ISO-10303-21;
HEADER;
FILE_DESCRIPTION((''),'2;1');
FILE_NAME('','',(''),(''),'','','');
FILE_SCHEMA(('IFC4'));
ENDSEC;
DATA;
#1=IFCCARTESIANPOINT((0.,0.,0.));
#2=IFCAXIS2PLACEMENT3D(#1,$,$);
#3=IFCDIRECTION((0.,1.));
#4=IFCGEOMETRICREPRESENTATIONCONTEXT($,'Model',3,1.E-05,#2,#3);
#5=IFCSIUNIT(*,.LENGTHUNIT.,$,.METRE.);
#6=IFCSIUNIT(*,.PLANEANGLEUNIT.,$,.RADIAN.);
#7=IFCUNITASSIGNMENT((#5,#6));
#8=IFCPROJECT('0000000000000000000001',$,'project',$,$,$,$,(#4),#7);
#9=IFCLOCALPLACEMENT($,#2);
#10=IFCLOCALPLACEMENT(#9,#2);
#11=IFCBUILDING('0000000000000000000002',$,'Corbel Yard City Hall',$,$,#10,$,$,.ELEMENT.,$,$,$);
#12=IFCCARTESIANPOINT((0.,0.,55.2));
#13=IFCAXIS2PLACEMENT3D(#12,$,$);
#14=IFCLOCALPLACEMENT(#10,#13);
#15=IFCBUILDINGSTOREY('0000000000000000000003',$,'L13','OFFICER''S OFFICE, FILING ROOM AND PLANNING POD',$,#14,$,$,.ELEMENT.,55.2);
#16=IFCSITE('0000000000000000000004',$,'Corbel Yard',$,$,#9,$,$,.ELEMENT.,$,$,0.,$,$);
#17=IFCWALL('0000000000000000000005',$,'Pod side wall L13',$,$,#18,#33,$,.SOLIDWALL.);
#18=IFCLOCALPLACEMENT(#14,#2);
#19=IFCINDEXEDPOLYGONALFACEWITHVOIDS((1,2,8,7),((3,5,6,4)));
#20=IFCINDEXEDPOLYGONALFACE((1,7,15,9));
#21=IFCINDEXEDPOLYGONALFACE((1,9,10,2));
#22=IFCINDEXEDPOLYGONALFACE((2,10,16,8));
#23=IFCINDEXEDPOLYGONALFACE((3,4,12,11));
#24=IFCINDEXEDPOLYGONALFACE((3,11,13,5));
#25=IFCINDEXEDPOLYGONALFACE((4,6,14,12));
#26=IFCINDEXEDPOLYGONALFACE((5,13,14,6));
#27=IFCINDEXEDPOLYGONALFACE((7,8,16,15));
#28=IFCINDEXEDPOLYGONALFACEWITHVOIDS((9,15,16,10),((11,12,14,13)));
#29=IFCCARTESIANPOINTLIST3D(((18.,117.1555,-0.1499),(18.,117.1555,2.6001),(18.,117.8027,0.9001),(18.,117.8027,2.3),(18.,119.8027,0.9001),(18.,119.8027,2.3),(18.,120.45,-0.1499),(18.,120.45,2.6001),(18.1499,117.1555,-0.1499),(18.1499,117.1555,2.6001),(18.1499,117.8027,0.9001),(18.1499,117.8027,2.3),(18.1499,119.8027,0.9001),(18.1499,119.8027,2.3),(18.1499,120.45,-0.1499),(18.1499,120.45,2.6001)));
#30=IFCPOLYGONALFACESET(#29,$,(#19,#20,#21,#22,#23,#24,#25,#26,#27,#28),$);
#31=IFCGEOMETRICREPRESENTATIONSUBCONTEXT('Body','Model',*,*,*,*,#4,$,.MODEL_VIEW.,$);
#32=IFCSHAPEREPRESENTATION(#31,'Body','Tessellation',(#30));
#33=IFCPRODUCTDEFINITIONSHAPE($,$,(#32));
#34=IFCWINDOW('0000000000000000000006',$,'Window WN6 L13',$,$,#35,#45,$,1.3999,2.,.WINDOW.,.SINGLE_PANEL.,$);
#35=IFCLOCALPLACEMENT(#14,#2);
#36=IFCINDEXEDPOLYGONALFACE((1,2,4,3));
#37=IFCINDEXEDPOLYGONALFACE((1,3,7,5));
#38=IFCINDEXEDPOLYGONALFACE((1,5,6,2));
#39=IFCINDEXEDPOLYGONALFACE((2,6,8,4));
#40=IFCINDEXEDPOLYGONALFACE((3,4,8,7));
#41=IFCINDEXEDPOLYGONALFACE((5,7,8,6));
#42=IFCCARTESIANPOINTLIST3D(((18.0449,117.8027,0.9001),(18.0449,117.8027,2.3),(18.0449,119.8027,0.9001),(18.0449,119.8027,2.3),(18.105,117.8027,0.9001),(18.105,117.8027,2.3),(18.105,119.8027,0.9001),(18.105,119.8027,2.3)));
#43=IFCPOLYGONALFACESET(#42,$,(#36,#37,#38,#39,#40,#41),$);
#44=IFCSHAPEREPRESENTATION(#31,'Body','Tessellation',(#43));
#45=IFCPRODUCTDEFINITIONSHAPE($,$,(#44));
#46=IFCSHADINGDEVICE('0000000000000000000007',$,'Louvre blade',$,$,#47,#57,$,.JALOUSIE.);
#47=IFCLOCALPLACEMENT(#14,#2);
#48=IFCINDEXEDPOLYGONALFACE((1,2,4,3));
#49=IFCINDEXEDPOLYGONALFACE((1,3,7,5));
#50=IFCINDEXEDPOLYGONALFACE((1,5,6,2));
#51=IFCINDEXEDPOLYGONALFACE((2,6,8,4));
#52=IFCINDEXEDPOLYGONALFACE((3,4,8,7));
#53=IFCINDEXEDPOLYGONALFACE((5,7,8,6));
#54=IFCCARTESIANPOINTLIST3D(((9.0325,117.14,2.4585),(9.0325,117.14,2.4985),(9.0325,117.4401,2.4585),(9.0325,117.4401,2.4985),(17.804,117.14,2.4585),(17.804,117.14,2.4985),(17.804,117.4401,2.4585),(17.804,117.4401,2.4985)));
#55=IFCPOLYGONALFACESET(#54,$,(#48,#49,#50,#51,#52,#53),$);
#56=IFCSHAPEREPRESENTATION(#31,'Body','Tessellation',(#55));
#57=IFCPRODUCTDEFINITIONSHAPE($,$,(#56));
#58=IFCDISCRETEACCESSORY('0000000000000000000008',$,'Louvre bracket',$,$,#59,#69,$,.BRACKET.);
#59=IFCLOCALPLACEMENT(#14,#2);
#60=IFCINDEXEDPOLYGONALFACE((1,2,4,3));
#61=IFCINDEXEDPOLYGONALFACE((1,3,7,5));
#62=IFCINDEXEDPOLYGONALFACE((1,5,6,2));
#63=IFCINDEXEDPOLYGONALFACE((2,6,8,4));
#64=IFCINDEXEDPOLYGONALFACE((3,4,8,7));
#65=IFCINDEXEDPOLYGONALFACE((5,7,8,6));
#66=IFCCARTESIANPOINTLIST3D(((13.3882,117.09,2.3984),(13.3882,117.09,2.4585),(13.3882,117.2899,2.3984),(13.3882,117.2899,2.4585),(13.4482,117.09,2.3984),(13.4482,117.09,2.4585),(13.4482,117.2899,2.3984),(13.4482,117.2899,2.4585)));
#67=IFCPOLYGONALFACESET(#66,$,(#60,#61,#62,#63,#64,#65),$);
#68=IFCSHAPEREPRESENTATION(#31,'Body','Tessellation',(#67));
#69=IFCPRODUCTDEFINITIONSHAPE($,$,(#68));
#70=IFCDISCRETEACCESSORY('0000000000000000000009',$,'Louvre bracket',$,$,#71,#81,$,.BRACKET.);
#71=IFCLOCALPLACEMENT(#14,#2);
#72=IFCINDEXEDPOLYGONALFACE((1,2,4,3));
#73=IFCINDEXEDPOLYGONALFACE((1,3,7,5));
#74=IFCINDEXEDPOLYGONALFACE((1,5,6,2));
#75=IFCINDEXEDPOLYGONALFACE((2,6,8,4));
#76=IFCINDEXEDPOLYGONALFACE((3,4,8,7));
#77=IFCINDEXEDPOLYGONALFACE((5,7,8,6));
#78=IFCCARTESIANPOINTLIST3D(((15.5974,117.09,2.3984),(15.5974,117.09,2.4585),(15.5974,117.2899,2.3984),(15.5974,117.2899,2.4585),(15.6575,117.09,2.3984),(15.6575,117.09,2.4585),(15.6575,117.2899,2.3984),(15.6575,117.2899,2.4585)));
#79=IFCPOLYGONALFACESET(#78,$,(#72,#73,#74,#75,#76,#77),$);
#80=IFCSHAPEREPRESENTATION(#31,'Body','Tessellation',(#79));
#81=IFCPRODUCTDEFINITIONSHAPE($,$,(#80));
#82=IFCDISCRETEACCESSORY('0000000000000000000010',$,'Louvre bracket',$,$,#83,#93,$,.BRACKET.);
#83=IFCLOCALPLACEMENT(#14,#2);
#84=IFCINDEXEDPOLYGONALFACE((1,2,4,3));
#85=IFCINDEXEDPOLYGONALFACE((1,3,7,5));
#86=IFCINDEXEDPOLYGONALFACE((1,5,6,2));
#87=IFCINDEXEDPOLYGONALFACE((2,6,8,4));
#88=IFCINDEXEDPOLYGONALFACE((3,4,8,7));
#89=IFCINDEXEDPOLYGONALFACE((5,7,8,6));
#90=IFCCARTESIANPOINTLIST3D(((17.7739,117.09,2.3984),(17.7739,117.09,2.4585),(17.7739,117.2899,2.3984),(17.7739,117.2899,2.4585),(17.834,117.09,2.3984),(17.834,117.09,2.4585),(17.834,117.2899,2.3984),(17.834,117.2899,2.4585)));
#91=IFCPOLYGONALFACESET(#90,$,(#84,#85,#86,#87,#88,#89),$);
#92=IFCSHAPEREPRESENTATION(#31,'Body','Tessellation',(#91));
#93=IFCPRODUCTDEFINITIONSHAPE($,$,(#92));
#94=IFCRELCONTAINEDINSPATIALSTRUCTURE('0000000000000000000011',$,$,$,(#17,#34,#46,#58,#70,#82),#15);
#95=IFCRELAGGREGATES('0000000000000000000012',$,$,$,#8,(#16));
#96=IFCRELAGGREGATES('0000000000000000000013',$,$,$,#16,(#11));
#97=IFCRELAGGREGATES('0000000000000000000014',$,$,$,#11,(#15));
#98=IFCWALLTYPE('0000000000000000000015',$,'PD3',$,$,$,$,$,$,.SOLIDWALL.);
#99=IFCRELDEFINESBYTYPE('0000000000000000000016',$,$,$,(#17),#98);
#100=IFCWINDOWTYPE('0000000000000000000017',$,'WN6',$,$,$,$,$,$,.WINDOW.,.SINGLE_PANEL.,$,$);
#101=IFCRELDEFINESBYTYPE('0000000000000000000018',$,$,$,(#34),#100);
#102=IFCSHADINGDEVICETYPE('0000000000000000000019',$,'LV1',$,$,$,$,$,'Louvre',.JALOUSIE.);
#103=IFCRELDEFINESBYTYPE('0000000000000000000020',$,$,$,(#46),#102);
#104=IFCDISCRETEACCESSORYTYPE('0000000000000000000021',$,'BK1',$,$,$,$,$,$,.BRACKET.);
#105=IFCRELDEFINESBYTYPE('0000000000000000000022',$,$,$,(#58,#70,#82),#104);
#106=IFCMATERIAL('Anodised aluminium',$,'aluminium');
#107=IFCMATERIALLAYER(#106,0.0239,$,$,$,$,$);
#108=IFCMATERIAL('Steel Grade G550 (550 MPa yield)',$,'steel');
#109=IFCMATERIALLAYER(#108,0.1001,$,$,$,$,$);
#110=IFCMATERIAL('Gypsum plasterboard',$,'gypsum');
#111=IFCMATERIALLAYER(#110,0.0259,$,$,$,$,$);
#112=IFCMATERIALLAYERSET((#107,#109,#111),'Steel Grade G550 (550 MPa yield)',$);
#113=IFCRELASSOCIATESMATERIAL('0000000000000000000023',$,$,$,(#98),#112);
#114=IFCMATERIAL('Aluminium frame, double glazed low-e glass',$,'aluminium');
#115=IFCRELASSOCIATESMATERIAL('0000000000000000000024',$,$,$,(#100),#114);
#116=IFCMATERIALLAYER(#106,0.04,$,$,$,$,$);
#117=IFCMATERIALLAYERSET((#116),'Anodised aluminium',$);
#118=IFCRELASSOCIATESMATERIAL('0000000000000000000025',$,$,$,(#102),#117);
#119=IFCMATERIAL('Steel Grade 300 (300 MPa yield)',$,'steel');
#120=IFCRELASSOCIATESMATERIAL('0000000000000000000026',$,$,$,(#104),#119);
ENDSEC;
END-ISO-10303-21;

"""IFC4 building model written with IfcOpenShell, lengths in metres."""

from ifc_helpers import new_model, si_unit, direction, frame, frame_2d, origin, origin_2d, place, context, subcontext, project, spatial, rectangle, extrude, material, layer, layer_set, type_object, element, fill, save


model = new_model("IFC4")

# Units and contexts
model_context = context("Model", 3, precision=1e-05, world=origin(), true_north=direction((0.0, 1.0)))
body_context = subcontext(model_context, "Body", "Model", "MODEL_VIEW")
ifc_project = project(units=[si_unit("LENGTHUNIT", "METRE"), si_unit("PLANEANGLEUNIT", "RADIAN")], contexts=[model_context])

# Site, building, storey
site_placement = place(None, origin())
site = spatial("IfcSite", under=ifc_project, at=site_placement, Name="Corbel Yard", CompositionType="ELEMENT", RefElevation=0.0)
building_placement = place(site_placement, origin())
building = spatial("IfcBuilding", under=site, at=building_placement, Name="Corbel Yard City Hall", CompositionType="ELEMENT")
storey_placement = place(building_placement, frame((0.0, 0.0, 55.2)))
storey = spatial("IfcBuildingStorey", under=building, at=storey_placement, Name="L13", Description="OFFICER'S OFFICE, FILING ROOM AND PLANNING POD", CompositionType="ELEMENT", Elevation=55.2)

# Shared definitions
ifc_material_1 = material(Name="Steel Grade 300 (300 MPa yield)", Category="steel")

# Shared definitions
ifc_material_2 = material(Name="Anodised aluminium", Category="aluminium")
ifc_material_3 = material(Name="Steel Grade G550 (550 MPa yield)", Category="steel")
ifc_material_4 = material(Name="Gypsum plasterboard", Category="gypsum")
ifc_material_5 = material(Name="Aluminium frame, double glazed low-e glass", Category="aluminium")

# Wall, opening, window
ifc_layer_1 = layer(ifc_material_2, 0.0239)
ifc_layer_2 = layer(ifc_material_3, 0.1001)
ifc_layer_3 = layer(ifc_material_4, 0.0259)
ifc_layer_set_1 = layer_set([ifc_layer_1, ifc_layer_2, ifc_layer_3], Name="Steel Grade G550 (550 MPa yield)")
wall_type_1 = type_object("IfcWallType", Name="PD3", PredefinedType="SOLIDWALL", material=ifc_layer_set_1)
wall_1_placement = place(storey_placement, frame((18.075, 120.45, -0.1499), z_axis=(0.0, 0.0, 1.0), x_axis=(0.0, -1.0, 0.0)))
wall_1 = element("IfcWall", 1, at=wall_1_placement, inside=storey, type_object=wall_type_1, Name="Pod side wall L13", PredefinedType="SOLIDWALL", context=body_context, shape_type="SweptSolid", body=[
    extrude(rectangle(XDim=3.2944, YDim=0.1499, at=frame_2d((1.6472, 0.0))), origin(), (0.0, 0.0, 1.0), 2.75),
])
opening_1_placement = place(wall_1_placement, frame((0.6472, 0.0, 1.05)))
opening_1 = element("IfcOpeningElement", 2, at=opening_1_placement, cuts=wall_1, PredefinedType="OPENING", context=body_context, shape_type="SweptSolid", body=[
    extrude(rectangle(XDim=2.0, YDim=1.3999, at=frame_2d((1.0, 0.7))), frame((0.0, 0.085, 0.0), z_axis=(0.0, -1.0, 0.0), x_axis=(1.0, 0.0, 0.0)), (0.0, 0.0, 1.0), 0.1699),
])
window_type_1 = type_object("IfcWindowType", Name="WN6", PartitioningType="SINGLE_PANEL", PredefinedType="WINDOW", material=ifc_material_5)
window_1_placement = place(opening_1_placement, origin())
window_1 = element("IfcWindow", 3, at=window_1_placement, inside=storey, type_object=window_type_1, Name="Window WN6 L13", OverallHeight=1.3999, OverallWidth=2.0, PartitioningType="SINGLE_PANEL", PredefinedType="WINDOW", context=body_context, shape_type="SweptSolid", body=[
    extrude(rectangle(XDim=2.0, YDim=1.3999, at=frame_2d((1.0, 0.7))), frame((0.0, 0.03, 0.0), z_axis=(0.0, -1.0, 0.0), x_axis=(1.0, 0.0, 0.0)), (0.0, 0.0, 1.0), 0.0601),
])
fill(opening_1, window_1)

# Shading device
ifc_layer_4 = layer(ifc_material_2, 0.04)
ifc_layer_set_2 = layer_set([ifc_layer_4], Name="Anodised aluminium")
shading_device_type = type_object("IfcShadingDeviceType", Name="LV1", ElementType="Louvre", PredefinedType="JALOUSIE", material=ifc_layer_set_2)
shading_device_placement = place(storey_placement, frame((13.4182, 117.29, 2.4585), z_axis=(0.0, 0.0, 1.0), x_axis=(1.0, 0.0, 0.0)))
element("IfcShadingDevice", 4, at=shading_device_placement, inside=storey, type_object=shading_device_type, Name="Louvre blade", PredefinedType="JALOUSIE", context=body_context, shape_type="SweptSolid", body=[
    extrude(rectangle(XDim=8.7715, YDim=0.3, at=origin_2d()), origin(), (0.0, 0.0, 1.0), 0.04),
])

# Discrete accessories
discrete_accessory_type = type_object("IfcDiscreteAccessoryType", Name="BK1", PredefinedType="BRACKET", material=ifc_material_1)
for number, where, z_axis, x_axis, name in (
    (5, (13.4182, 117.1899, 2.3984), (0.0, 0.0, 1.0), (1.0, 0.0, 0.0), "Louvre bracket"),
    (6, (15.6274, 117.1899, 2.3984), (0.0, 0.0, 1.0), (1.0, 0.0, 0.0), "Louvre bracket"),
    (7, (17.804, 117.1899, 2.3984), (0.0, 0.0, 1.0), (1.0, 0.0, 0.0), "Louvre bracket"),
):
    element("IfcDiscreteAccessory", number, at=place(storey_placement, frame(where, z_axis=z_axis, x_axis=x_axis)), inside=storey, type_object=discrete_accessory_type, Name=name, PredefinedType="BRACKET", context=body_context, shape_type="SweptSolid", body=[
        extrude(rectangle(XDim=0.0601, YDim=0.2, at=origin_2d()), origin(), (0.0, 0.0, 1.0), 0.0601),
    ])

save(model, "model.ifc")
